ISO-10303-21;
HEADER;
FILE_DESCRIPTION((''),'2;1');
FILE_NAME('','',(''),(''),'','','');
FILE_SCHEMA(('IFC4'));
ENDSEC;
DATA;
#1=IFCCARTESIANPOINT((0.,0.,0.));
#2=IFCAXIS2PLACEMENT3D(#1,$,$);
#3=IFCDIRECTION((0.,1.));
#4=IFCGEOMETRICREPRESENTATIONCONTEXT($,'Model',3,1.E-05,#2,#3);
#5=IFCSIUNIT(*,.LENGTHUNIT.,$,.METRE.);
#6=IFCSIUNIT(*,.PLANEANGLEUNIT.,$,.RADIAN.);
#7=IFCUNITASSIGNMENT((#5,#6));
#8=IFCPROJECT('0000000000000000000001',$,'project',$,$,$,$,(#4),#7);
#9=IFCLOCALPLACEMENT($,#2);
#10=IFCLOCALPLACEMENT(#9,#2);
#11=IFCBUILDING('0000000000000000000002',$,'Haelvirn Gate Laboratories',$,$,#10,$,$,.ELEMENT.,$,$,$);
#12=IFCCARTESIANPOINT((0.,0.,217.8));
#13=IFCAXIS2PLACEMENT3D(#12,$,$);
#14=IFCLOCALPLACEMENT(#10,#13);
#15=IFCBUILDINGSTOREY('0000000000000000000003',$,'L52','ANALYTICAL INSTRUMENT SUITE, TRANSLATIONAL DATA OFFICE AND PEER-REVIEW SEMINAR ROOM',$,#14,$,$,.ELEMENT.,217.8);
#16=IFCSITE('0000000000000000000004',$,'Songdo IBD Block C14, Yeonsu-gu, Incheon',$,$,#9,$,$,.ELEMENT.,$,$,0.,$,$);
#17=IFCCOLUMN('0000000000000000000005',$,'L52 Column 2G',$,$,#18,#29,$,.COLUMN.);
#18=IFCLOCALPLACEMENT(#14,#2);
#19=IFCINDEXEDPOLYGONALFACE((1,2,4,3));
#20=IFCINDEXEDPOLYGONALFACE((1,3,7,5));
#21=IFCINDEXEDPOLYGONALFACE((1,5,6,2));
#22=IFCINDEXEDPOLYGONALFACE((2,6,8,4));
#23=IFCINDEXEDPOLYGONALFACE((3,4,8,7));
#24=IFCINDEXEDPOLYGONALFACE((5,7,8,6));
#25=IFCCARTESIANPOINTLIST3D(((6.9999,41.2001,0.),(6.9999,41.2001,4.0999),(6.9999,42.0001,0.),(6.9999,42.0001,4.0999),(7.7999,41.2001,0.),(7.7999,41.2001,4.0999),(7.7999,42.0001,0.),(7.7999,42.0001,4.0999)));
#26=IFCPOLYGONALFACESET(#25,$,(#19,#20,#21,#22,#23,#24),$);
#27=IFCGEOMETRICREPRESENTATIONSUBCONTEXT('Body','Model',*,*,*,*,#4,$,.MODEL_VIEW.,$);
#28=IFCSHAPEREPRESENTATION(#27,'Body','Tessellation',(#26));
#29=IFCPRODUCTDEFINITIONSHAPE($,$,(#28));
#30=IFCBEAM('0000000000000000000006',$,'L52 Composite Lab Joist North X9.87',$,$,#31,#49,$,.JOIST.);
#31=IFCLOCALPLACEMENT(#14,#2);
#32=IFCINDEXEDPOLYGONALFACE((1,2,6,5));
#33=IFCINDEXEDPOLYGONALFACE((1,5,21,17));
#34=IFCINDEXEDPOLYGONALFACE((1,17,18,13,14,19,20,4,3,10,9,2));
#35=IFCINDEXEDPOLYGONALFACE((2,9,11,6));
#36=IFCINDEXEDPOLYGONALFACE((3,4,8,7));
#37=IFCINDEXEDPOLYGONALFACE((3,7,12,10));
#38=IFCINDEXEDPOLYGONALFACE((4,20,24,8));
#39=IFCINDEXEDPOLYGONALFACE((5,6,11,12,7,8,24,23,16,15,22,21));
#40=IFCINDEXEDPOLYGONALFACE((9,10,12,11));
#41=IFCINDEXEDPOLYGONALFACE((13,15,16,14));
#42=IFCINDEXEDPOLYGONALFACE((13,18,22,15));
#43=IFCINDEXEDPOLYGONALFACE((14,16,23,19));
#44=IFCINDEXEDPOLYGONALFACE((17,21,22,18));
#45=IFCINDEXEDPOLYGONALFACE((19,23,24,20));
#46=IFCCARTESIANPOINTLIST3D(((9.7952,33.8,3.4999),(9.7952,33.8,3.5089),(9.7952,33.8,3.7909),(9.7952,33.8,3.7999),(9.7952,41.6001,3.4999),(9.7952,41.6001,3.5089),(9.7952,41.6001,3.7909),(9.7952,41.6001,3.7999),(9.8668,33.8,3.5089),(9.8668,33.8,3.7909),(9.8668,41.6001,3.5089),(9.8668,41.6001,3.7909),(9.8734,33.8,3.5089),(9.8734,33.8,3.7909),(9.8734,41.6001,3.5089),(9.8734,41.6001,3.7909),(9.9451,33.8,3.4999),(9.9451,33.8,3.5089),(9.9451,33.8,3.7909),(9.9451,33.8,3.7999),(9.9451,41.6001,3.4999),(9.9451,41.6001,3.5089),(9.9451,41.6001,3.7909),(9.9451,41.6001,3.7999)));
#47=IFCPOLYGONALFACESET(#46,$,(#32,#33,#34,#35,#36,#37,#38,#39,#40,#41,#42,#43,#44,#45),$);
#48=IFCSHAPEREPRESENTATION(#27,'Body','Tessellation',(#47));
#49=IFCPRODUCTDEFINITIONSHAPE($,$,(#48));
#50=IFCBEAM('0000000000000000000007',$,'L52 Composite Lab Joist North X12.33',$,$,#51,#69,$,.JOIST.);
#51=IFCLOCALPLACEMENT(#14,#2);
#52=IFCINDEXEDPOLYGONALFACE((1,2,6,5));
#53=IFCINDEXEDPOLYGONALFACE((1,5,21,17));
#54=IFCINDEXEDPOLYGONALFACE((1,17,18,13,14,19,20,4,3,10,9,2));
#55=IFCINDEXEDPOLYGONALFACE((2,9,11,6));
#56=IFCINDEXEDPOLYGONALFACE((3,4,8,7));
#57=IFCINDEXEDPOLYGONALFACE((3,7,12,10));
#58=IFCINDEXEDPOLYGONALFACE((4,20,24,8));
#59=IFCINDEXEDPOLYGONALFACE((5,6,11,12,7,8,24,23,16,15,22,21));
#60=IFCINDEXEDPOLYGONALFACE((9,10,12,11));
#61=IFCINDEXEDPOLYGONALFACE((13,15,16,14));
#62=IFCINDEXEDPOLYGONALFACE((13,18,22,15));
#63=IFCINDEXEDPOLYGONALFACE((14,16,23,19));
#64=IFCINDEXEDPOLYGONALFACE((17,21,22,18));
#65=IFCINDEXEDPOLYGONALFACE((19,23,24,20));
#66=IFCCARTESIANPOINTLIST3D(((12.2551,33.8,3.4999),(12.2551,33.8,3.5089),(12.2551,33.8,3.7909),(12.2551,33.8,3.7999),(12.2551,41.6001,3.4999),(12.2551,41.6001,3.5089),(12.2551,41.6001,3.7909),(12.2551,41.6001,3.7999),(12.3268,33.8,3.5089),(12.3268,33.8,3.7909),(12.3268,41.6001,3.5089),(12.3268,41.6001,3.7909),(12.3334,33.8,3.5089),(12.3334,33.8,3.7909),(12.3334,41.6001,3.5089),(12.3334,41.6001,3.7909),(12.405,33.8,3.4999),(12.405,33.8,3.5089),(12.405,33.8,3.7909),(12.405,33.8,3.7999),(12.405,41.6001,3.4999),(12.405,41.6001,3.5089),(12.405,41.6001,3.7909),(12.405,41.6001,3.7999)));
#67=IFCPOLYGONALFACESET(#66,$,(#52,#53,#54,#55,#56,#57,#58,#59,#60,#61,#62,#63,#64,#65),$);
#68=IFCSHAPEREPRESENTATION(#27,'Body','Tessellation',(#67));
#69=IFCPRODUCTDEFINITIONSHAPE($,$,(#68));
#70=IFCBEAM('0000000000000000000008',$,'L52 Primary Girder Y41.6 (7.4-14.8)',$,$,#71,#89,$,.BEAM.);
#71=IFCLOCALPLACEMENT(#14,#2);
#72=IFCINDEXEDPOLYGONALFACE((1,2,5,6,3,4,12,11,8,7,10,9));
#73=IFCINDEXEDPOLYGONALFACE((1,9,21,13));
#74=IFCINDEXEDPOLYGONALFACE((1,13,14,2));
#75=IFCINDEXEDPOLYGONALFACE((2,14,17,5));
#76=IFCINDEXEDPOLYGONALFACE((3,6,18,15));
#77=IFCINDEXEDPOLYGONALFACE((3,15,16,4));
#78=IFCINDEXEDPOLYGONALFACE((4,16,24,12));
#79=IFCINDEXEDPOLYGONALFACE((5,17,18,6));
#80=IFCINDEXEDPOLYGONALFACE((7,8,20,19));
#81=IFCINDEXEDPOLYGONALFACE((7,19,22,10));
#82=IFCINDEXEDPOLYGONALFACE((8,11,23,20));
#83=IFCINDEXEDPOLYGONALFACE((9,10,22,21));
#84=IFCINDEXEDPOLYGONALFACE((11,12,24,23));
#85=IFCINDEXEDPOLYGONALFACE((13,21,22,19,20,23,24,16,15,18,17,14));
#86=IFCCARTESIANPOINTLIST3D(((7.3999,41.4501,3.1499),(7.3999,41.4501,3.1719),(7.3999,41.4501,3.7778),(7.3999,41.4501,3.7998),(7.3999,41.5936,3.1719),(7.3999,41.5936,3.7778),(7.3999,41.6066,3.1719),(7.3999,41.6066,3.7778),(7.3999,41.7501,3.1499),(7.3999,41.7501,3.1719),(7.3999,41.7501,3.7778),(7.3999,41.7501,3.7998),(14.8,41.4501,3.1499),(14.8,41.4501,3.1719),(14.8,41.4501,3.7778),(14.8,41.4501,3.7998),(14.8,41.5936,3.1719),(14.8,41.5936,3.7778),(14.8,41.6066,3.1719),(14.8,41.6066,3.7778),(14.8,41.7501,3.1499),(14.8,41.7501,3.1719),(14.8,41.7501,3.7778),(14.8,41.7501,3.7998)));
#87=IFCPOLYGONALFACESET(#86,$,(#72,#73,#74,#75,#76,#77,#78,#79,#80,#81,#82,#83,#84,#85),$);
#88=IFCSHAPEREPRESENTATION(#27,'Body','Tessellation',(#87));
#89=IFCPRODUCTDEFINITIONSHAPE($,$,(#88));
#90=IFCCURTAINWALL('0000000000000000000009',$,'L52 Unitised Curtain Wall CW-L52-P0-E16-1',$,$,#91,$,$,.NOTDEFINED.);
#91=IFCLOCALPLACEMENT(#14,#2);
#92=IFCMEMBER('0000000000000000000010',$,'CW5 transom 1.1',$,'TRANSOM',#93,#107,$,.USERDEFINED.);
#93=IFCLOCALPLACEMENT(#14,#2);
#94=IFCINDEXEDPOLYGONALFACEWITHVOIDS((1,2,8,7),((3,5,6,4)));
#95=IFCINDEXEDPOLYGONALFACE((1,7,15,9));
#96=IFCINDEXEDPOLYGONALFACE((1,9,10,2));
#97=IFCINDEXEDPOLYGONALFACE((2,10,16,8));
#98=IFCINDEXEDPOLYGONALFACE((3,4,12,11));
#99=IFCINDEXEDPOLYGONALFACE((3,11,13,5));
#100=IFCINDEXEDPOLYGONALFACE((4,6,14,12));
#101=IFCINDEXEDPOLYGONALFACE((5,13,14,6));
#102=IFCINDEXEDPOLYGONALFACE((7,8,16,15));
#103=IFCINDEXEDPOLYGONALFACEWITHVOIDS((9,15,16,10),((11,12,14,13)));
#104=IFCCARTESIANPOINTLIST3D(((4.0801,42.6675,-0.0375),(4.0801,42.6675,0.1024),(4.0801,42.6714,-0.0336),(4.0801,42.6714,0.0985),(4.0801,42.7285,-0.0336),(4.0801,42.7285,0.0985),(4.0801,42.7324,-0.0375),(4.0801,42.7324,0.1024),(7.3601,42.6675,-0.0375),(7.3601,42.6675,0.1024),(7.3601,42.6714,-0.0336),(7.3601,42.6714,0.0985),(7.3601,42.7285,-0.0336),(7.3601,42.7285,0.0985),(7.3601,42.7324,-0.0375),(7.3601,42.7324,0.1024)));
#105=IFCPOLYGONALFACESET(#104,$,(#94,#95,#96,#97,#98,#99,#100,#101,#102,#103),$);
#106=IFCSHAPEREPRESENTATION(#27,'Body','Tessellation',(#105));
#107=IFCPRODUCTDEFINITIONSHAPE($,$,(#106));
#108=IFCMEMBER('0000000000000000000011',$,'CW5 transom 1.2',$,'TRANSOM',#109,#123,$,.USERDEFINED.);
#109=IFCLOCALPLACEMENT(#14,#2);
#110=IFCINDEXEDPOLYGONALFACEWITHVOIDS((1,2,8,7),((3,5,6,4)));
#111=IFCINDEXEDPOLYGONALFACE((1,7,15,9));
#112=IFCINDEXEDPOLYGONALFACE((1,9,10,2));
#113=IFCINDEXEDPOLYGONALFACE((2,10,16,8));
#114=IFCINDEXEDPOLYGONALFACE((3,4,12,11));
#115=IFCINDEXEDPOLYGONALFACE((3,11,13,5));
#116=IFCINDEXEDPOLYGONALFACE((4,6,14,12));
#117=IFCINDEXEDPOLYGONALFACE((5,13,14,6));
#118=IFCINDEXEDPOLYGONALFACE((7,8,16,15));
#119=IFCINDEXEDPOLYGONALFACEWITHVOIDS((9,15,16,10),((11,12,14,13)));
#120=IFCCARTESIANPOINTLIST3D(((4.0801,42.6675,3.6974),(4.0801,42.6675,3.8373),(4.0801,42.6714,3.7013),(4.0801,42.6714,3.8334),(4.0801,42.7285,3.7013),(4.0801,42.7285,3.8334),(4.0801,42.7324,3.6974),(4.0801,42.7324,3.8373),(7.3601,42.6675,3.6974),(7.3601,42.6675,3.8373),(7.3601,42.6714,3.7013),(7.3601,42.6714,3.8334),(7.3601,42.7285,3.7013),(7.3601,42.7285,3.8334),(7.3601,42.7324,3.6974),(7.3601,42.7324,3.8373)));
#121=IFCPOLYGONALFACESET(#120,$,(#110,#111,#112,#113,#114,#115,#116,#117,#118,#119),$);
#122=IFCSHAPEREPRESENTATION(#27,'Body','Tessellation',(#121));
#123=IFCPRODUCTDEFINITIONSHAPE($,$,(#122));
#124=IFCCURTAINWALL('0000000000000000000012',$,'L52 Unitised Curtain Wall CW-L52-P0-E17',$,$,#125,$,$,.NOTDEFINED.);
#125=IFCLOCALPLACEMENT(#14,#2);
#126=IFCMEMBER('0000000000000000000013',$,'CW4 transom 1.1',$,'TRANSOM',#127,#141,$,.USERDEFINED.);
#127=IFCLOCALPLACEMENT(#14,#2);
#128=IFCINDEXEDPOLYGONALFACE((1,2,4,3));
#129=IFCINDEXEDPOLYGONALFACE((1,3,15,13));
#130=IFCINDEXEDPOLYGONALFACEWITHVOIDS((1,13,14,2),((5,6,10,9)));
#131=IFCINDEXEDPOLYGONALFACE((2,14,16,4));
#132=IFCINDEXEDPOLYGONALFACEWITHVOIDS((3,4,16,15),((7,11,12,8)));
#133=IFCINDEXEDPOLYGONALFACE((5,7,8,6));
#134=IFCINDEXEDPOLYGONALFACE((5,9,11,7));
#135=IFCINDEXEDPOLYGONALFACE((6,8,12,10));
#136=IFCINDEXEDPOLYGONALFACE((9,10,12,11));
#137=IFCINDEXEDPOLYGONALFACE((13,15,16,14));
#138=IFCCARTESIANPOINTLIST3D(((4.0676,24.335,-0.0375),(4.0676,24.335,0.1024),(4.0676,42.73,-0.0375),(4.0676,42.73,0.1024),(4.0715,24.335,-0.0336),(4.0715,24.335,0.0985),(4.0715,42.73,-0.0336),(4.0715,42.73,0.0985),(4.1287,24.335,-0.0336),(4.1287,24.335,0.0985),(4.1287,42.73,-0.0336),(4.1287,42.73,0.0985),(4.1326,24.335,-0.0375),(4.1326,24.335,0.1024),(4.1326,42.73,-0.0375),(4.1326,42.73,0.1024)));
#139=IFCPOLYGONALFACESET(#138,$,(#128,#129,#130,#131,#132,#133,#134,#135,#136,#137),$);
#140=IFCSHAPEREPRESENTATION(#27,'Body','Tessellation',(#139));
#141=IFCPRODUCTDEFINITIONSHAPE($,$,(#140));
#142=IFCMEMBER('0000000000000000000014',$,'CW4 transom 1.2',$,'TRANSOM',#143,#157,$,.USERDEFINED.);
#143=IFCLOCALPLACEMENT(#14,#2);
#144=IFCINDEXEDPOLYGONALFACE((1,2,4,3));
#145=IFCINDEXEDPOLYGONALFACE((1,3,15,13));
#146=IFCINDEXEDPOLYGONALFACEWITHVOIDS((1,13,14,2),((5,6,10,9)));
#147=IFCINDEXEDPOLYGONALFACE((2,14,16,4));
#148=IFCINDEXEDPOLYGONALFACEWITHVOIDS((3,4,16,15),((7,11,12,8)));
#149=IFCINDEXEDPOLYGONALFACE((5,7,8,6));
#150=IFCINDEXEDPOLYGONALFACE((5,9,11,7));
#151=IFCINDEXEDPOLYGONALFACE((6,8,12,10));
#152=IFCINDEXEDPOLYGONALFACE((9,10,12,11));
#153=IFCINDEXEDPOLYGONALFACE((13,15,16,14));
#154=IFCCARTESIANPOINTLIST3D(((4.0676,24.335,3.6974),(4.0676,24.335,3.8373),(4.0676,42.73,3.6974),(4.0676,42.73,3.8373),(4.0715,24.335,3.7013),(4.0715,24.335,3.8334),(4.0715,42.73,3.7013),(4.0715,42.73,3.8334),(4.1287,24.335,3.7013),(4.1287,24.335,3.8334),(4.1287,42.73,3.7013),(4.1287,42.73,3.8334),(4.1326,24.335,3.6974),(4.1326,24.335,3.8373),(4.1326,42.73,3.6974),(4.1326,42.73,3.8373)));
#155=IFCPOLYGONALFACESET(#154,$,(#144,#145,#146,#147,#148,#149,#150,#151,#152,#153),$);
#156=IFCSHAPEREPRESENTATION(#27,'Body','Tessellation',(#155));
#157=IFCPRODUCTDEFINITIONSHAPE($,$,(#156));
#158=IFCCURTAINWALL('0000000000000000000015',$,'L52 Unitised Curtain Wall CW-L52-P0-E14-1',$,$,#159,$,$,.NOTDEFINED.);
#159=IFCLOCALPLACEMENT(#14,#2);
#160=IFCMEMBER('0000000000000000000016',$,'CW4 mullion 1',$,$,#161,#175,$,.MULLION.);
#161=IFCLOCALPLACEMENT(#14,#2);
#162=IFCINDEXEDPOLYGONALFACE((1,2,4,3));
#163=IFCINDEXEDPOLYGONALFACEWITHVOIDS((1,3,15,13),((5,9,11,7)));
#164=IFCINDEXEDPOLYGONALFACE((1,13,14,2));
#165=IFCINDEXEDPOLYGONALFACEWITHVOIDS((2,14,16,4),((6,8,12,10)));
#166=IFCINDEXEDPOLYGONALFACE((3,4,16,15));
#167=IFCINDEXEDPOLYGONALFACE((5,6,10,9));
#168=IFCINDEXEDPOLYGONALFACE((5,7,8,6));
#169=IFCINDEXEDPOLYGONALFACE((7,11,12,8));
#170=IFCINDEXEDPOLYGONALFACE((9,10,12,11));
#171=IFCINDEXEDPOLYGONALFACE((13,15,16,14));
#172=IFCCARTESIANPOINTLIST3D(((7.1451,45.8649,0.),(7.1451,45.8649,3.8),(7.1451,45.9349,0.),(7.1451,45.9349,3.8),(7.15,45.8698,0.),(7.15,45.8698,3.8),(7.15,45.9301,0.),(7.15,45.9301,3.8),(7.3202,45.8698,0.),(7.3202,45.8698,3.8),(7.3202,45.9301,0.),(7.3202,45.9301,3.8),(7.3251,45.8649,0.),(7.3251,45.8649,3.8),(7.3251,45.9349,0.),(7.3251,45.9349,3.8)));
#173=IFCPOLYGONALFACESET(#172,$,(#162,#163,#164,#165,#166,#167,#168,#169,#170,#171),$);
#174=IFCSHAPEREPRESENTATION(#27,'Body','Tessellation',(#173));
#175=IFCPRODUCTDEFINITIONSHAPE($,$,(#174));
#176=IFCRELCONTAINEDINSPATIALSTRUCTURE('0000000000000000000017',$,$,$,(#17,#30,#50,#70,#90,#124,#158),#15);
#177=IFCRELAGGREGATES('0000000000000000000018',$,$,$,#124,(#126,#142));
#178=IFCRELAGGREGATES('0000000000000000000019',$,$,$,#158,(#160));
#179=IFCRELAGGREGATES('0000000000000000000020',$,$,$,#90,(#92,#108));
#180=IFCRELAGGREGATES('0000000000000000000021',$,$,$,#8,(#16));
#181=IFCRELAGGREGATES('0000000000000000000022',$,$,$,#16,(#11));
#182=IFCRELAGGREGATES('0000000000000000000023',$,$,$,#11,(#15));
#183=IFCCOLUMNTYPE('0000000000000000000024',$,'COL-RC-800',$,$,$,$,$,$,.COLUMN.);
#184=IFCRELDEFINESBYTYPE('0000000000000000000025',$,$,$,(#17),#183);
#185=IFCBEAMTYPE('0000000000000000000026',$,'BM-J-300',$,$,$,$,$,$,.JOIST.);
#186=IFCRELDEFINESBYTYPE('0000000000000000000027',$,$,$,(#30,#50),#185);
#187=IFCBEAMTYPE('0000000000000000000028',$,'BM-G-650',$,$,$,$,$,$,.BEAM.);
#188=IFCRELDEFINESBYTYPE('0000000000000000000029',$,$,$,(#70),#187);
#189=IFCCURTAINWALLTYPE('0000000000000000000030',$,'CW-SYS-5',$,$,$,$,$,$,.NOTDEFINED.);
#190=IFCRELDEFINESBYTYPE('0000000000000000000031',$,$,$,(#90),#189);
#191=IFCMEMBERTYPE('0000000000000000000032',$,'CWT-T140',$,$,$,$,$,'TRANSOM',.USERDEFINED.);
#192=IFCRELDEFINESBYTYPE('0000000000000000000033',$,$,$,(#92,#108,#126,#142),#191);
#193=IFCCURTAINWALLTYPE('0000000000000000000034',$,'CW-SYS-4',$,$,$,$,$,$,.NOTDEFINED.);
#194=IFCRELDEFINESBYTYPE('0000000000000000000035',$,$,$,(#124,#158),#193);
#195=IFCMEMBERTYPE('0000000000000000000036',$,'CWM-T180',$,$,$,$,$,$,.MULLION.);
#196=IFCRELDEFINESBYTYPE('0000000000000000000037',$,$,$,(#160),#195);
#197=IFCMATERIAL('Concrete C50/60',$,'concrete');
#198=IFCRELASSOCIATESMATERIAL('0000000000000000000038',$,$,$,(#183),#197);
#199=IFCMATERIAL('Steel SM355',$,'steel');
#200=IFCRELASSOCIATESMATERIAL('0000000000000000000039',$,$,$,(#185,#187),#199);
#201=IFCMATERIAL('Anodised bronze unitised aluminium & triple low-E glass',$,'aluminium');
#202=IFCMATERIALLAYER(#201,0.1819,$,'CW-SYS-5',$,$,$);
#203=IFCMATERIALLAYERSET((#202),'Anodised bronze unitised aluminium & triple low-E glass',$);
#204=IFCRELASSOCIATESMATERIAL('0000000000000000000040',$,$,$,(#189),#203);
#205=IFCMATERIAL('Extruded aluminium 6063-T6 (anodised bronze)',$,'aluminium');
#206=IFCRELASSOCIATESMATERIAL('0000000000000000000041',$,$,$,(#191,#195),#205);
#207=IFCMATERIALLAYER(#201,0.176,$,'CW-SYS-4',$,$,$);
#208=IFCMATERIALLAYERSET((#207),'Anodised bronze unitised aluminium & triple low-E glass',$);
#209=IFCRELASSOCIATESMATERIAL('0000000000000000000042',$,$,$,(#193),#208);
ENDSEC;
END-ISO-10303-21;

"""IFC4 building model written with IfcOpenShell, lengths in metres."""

from ifc_helpers import new_model, si_unit, direction, frame, origin, origin_2d, place, context, subcontext, project, spatial, rectangle, hollow_rectangle, i_section, extrude, source, transform, mapped, material, layer, layer_set, material_profile, profile_set, type_object, type_shapes, element, aggregate, save


model = new_model("IFC4")

# Units and contexts
model_context = context("Model", 3, precision=1e-05, world=origin(), true_north=direction((0.0, 1.0)))
body_context = subcontext(model_context, "Body", "Model", "MODEL_VIEW")
ifc_project = project(units=[si_unit("LENGTHUNIT", "METRE"), si_unit("PLANEANGLEUNIT", "RADIAN")], contexts=[model_context])

# Site, building, storey
site_placement = place(None, origin())
site = spatial("IfcSite", under=ifc_project, at=site_placement, Name="Songdo IBD Block C14, Yeonsu-gu, Incheon", CompositionType="ELEMENT", RefElevation=0.0)
building_placement = place(site_placement, origin())
building = spatial("IfcBuilding", under=site, at=building_placement, Name="Haelvirn Gate Laboratories", CompositionType="ELEMENT")
storey_placement = place(building_placement, frame((0.0, 0.0, 217.8)))
storey = spatial("IfcBuildingStorey", under=building, at=storey_placement, Name="L52", Description="ANALYTICAL INSTRUMENT SUITE, TRANSLATIONAL DATA OFFICE AND PEER-REVIEW SEMINAR ROOM", CompositionType="ELEMENT", Elevation=217.8)

# Column
ifc_material_1 = material(Name="Concrete C50/60", Category="concrete")
ifc_material_profile_1 = material_profile(ifc_material_1, rectangle(XDim=0.8, YDim=0.8, at=origin_2d()), Name="RC-800x800")
ifc_profile_set_1 = profile_set([ifc_material_profile_1], Name="Concrete C50/60")
column_type = type_object("IfcColumnType", Name="COL-RC-800", PredefinedType="COLUMN", material=ifc_profile_set_1)
shared_shape_1 = source(origin(), body_context, "Body", "SweptSolid", [
    extrude(rectangle(XDim=0.8, YDim=0.8, at=origin_2d()), origin(), (0.0, 0.0, 1.0), 4.0999),
])
type_shapes(column_type, [shared_shape_1])
column_placement = place(storey_placement, frame((7.3999, 41.6001, 0.0), z_axis=(0.0, 0.0, 1.0), x_axis=(1.0, 0.0, 0.0)))
element("IfcColumn", 1, at=column_placement, inside=storey, type_object=column_type, Name="L52 Column 2G", PredefinedType="COLUMN", context=body_context, shape_type="MappedRepresentation", body=[
    mapped(shared_shape_1, transform((0.0, 0.0, 0.0), scale=1.0)),
])

# Beams
ifc_material_2 = material(Name="Steel SM355", Category="steel")
ifc_material_profile_2 = material_profile(ifc_material_2, i_section(OverallWidth=0.1499, OverallDepth=0.3, WebThickness=0.0066, FlangeThickness=0.009, at=origin_2d()), Name="H-300x150x6.5x9")
ifc_profile_set_2 = profile_set([ifc_material_profile_2], Name="Steel SM355")
beam_type_1 = type_object("IfcBeamType", Name="BM-J-300", PredefinedType="JOIST", material=ifc_profile_set_2)
shared_shape_2 = source(origin(), body_context, "Body", "SweptSolid", [
    extrude(i_section(OverallWidth=0.1499, OverallDepth=0.3, WebThickness=0.0066, FlangeThickness=0.009, at=origin_2d()), origin(), (0.0, 0.0, 1.0), 7.8),
])
type_shapes(beam_type_1, [shared_shape_2])
for number, where, z_axis, x_axis, name in (
    (2, (9.8701, 33.8, 3.6499), (0.0, 1.0, 0.0), (-1.0, 0.0, 0.0), "L52 Composite Lab Joist North X9.87"),
    (3, (12.3301, 33.8, 3.6499), (0.0, 1.0, 0.0), (-1.0, 0.0, 0.0), "L52 Composite Lab Joist North X12.33"),
):
    element("IfcBeam", number, at=place(storey_placement, frame(where, z_axis=z_axis, x_axis=x_axis)), inside=storey, type_object=beam_type_1, Name=name, PredefinedType="JOIST", context=body_context, shape_type="MappedRepresentation", body=[
        mapped(shared_shape_2, transform((0.0, 0.0, 0.0), scale=1.0)),
    ])
ifc_material_profile_3 = material_profile(ifc_material_2, i_section(OverallWidth=0.3, OverallDepth=0.6499, WebThickness=0.0129, FlangeThickness=0.022, at=origin_2d()), Name="H-650x300x13x22")
ifc_profile_set_3 = profile_set([ifc_material_profile_3], Name="Steel SM355")
beam_type_2 = type_object("IfcBeamType", Name="BM-G-650", PredefinedType="BEAM", material=ifc_profile_set_3)
shared_shape_3 = source(origin(), body_context, "Body", "SweptSolid", [
    extrude(i_section(OverallWidth=0.3, OverallDepth=0.6499, WebThickness=0.0129, FlangeThickness=0.022, at=origin_2d()), origin(), (0.0, 0.0, 1.0), 7.4001),
])
type_shapes(beam_type_2, [shared_shape_3])
beam_placement = place(storey_placement, frame((7.3999, 41.6001, 3.4749), z_axis=(1.0, 0.0, 0.0), x_axis=(0.0, 1.0, 0.0)))
element("IfcBeam", 4, at=beam_placement, inside=storey, type_object=beam_type_2, Name="L52 Primary Girder Y41.6 (7.4-14.8)", PredefinedType="BEAM", context=body_context, shape_type="MappedRepresentation", body=[
    mapped(shared_shape_3, transform((0.0, 0.0, 0.0), scale=1.0)),
])

# Curtain walls, members
ifc_material_3 = material(Name="Anodised bronze unitised aluminium & triple low-E glass", Category="aluminium")
ifc_layer_1 = layer(ifc_material_3, 0.1819, Name="CW-SYS-5")
ifc_layer_set_1 = layer_set([ifc_layer_1], Name="Anodised bronze unitised aluminium & triple low-E glass")
curtain_wall_type_1 = type_object("IfcCurtainWallType", Name="CW-SYS-5", PredefinedType="NOTDEFINED", material=ifc_layer_set_1)
curtain_wall_1_placement = place(storey_placement, origin())
curtain_wall_1 = element("IfcCurtainWall", 5, at=curtain_wall_1_placement, inside=storey, type_object=curtain_wall_type_1, Name="L52 Unitised Curtain Wall CW-L52-P0-E16-1", PredefinedType="NOTDEFINED")
ifc_material_4 = material(Name="Extruded aluminium 6063-T6 (anodised bronze)", Category="aluminium")
ifc_material_profile_4 = material_profile(ifc_material_4, hollow_rectangle(XDim=0.0649, YDim=0.1399, WallThickness=0.0039, at=origin_2d()), Name="CWT-140x65x4")
ifc_profile_set_4 = profile_set([ifc_material_profile_4], Name="Extruded aluminium 6063-T6 (anodised bronze)")
member_type_1 = type_object("IfcMemberType", Name="CWT-T140", ElementType="TRANSOM", PredefinedType="USERDEFINED", material=ifc_profile_set_4)
shared_shape_4 = source(origin(), body_context, "Body", "SweptSolid", [
    extrude(hollow_rectangle(XDim=0.0649, YDim=0.1399, WallThickness=0.0039, at=origin_2d()), origin(), (0.0, 0.0, 1.0), 3.28),
])
member_1_placement = place(storey_placement, frame((4.0801, 42.7, 0.0325), z_axis=(1.0, 0.0, 0.0), x_axis=(0.0, 1.0, 0.0)))
member_1 = element("IfcMember", 6, at=member_1_placement, type_object=member_type_1, Name="CW5 transom 1.1", ObjectType="TRANSOM", PredefinedType="USERDEFINED", context=body_context, shape_type="MappedRepresentation", body=[
    mapped(shared_shape_4, transform((0.0, 0.0, 0.0), scale=1.0)),
])
member_2_placement = place(storey_placement, frame((4.0801, 42.7, 3.7673), z_axis=(1.0, 0.0, 0.0), x_axis=(0.0, 1.0, 0.0)))
member_2 = element("IfcMember", 7, at=member_2_placement, type_object=member_type_1, Name="CW5 transom 1.2", ObjectType="TRANSOM", PredefinedType="USERDEFINED", context=body_context, shape_type="MappedRepresentation", body=[
    mapped(shared_shape_4, transform((0.0, 0.0, 0.0), scale=1.0)),
])
ifc_layer_2 = layer(ifc_material_3, 0.176, Name="CW-SYS-4")
ifc_layer_set_2 = layer_set([ifc_layer_2], Name="Anodised bronze unitised aluminium & triple low-E glass")
curtain_wall_type_2 = type_object("IfcCurtainWallType", Name="CW-SYS-4", PredefinedType="NOTDEFINED", material=ifc_layer_set_2)
curtain_wall_2_placement = place(storey_placement, origin())
curtain_wall_2 = element("IfcCurtainWall", 8, at=curtain_wall_2_placement, inside=storey, type_object=curtain_wall_type_2, Name="L52 Unitised Curtain Wall CW-L52-P0-E17", PredefinedType="NOTDEFINED")
shared_shape_5 = source(origin(), body_context, "Body", "SweptSolid", [
    extrude(hollow_rectangle(XDim=0.0649, YDim=0.1399, WallThickness=0.0039, at=origin_2d()), origin(), (0.0, 0.0, 1.0), 18.395),
])
member_3_placement = place(storey_placement, frame((4.1001, 42.73, 0.0325), z_axis=(0.0, -1.0, 0.0), x_axis=(1.0, 0.0, 0.0)))
member_3 = element("IfcMember", 9, at=member_3_placement, type_object=member_type_1, Name="CW4 transom 1.1", ObjectType="TRANSOM", PredefinedType="USERDEFINED", context=body_context, shape_type="MappedRepresentation", body=[
    mapped(shared_shape_5, transform((0.0, 0.0, 0.0), scale=1.0)),
])
member_4_placement = place(storey_placement, frame((4.1001, 42.73, 3.7673), z_axis=(0.0, -1.0, 0.0), x_axis=(1.0, 0.0, 0.0)))
member_4 = element("IfcMember", 10, at=member_4_placement, type_object=member_type_1, Name="CW4 transom 1.2", ObjectType="TRANSOM", PredefinedType="USERDEFINED", context=body_context, shape_type="MappedRepresentation", body=[
    mapped(shared_shape_5, transform((0.0, 0.0, 0.0), scale=1.0)),
])

# Curtain wall, member
curtain_wall_3_placement = place(storey_placement, origin())
curtain_wall_3 = element("IfcCurtainWall", 11, at=curtain_wall_3_placement, inside=storey, type_object=curtain_wall_type_2, Name="L52 Unitised Curtain Wall CW-L52-P0-E14-1", PredefinedType="NOTDEFINED")
ifc_material_profile_5 = material_profile(ifc_material_4, hollow_rectangle(XDim=0.0701, YDim=0.1799, WallThickness=0.0049, at=origin_2d()), Name="CWM-180x70x5")
ifc_profile_set_5 = profile_set([ifc_material_profile_5], Name="Extruded aluminium 6063-T6 (anodised bronze)")
member_type_2 = type_object("IfcMemberType", Name="CWM-T180", PredefinedType="MULLION", material=ifc_profile_set_5)
shared_shape_6 = source(origin(), body_context, "Body", "SweptSolid", [
    extrude(hollow_rectangle(XDim=0.0701, YDim=0.1799, WallThickness=0.0049, at=origin_2d()), origin(), (0.0, 0.0, 1.0), 3.8),
])
type_shapes(member_type_2, [shared_shape_6])
member_5_placement = place(storey_placement, frame((7.2351, 45.8999, 0.0), z_axis=(0.0, 0.0, 1.0), x_axis=(0.0, 1.0, 0.0)))
member_5 = element("IfcMember", 12, at=member_5_placement, type_object=member_type_2, Name="CW4 mullion 1", PredefinedType="MULLION", context=body_context, shape_type="MappedRepresentation", body=[
    mapped(shared_shape_6, transform((0.0, 0.0, 0.0), scale=1.0)),
])

aggregate(curtain_wall_2, [member_3, member_4])

aggregate(curtain_wall_3, [member_5])
aggregate(curtain_wall_1, [member_1, member_2])

save(model, "model.ifc")
